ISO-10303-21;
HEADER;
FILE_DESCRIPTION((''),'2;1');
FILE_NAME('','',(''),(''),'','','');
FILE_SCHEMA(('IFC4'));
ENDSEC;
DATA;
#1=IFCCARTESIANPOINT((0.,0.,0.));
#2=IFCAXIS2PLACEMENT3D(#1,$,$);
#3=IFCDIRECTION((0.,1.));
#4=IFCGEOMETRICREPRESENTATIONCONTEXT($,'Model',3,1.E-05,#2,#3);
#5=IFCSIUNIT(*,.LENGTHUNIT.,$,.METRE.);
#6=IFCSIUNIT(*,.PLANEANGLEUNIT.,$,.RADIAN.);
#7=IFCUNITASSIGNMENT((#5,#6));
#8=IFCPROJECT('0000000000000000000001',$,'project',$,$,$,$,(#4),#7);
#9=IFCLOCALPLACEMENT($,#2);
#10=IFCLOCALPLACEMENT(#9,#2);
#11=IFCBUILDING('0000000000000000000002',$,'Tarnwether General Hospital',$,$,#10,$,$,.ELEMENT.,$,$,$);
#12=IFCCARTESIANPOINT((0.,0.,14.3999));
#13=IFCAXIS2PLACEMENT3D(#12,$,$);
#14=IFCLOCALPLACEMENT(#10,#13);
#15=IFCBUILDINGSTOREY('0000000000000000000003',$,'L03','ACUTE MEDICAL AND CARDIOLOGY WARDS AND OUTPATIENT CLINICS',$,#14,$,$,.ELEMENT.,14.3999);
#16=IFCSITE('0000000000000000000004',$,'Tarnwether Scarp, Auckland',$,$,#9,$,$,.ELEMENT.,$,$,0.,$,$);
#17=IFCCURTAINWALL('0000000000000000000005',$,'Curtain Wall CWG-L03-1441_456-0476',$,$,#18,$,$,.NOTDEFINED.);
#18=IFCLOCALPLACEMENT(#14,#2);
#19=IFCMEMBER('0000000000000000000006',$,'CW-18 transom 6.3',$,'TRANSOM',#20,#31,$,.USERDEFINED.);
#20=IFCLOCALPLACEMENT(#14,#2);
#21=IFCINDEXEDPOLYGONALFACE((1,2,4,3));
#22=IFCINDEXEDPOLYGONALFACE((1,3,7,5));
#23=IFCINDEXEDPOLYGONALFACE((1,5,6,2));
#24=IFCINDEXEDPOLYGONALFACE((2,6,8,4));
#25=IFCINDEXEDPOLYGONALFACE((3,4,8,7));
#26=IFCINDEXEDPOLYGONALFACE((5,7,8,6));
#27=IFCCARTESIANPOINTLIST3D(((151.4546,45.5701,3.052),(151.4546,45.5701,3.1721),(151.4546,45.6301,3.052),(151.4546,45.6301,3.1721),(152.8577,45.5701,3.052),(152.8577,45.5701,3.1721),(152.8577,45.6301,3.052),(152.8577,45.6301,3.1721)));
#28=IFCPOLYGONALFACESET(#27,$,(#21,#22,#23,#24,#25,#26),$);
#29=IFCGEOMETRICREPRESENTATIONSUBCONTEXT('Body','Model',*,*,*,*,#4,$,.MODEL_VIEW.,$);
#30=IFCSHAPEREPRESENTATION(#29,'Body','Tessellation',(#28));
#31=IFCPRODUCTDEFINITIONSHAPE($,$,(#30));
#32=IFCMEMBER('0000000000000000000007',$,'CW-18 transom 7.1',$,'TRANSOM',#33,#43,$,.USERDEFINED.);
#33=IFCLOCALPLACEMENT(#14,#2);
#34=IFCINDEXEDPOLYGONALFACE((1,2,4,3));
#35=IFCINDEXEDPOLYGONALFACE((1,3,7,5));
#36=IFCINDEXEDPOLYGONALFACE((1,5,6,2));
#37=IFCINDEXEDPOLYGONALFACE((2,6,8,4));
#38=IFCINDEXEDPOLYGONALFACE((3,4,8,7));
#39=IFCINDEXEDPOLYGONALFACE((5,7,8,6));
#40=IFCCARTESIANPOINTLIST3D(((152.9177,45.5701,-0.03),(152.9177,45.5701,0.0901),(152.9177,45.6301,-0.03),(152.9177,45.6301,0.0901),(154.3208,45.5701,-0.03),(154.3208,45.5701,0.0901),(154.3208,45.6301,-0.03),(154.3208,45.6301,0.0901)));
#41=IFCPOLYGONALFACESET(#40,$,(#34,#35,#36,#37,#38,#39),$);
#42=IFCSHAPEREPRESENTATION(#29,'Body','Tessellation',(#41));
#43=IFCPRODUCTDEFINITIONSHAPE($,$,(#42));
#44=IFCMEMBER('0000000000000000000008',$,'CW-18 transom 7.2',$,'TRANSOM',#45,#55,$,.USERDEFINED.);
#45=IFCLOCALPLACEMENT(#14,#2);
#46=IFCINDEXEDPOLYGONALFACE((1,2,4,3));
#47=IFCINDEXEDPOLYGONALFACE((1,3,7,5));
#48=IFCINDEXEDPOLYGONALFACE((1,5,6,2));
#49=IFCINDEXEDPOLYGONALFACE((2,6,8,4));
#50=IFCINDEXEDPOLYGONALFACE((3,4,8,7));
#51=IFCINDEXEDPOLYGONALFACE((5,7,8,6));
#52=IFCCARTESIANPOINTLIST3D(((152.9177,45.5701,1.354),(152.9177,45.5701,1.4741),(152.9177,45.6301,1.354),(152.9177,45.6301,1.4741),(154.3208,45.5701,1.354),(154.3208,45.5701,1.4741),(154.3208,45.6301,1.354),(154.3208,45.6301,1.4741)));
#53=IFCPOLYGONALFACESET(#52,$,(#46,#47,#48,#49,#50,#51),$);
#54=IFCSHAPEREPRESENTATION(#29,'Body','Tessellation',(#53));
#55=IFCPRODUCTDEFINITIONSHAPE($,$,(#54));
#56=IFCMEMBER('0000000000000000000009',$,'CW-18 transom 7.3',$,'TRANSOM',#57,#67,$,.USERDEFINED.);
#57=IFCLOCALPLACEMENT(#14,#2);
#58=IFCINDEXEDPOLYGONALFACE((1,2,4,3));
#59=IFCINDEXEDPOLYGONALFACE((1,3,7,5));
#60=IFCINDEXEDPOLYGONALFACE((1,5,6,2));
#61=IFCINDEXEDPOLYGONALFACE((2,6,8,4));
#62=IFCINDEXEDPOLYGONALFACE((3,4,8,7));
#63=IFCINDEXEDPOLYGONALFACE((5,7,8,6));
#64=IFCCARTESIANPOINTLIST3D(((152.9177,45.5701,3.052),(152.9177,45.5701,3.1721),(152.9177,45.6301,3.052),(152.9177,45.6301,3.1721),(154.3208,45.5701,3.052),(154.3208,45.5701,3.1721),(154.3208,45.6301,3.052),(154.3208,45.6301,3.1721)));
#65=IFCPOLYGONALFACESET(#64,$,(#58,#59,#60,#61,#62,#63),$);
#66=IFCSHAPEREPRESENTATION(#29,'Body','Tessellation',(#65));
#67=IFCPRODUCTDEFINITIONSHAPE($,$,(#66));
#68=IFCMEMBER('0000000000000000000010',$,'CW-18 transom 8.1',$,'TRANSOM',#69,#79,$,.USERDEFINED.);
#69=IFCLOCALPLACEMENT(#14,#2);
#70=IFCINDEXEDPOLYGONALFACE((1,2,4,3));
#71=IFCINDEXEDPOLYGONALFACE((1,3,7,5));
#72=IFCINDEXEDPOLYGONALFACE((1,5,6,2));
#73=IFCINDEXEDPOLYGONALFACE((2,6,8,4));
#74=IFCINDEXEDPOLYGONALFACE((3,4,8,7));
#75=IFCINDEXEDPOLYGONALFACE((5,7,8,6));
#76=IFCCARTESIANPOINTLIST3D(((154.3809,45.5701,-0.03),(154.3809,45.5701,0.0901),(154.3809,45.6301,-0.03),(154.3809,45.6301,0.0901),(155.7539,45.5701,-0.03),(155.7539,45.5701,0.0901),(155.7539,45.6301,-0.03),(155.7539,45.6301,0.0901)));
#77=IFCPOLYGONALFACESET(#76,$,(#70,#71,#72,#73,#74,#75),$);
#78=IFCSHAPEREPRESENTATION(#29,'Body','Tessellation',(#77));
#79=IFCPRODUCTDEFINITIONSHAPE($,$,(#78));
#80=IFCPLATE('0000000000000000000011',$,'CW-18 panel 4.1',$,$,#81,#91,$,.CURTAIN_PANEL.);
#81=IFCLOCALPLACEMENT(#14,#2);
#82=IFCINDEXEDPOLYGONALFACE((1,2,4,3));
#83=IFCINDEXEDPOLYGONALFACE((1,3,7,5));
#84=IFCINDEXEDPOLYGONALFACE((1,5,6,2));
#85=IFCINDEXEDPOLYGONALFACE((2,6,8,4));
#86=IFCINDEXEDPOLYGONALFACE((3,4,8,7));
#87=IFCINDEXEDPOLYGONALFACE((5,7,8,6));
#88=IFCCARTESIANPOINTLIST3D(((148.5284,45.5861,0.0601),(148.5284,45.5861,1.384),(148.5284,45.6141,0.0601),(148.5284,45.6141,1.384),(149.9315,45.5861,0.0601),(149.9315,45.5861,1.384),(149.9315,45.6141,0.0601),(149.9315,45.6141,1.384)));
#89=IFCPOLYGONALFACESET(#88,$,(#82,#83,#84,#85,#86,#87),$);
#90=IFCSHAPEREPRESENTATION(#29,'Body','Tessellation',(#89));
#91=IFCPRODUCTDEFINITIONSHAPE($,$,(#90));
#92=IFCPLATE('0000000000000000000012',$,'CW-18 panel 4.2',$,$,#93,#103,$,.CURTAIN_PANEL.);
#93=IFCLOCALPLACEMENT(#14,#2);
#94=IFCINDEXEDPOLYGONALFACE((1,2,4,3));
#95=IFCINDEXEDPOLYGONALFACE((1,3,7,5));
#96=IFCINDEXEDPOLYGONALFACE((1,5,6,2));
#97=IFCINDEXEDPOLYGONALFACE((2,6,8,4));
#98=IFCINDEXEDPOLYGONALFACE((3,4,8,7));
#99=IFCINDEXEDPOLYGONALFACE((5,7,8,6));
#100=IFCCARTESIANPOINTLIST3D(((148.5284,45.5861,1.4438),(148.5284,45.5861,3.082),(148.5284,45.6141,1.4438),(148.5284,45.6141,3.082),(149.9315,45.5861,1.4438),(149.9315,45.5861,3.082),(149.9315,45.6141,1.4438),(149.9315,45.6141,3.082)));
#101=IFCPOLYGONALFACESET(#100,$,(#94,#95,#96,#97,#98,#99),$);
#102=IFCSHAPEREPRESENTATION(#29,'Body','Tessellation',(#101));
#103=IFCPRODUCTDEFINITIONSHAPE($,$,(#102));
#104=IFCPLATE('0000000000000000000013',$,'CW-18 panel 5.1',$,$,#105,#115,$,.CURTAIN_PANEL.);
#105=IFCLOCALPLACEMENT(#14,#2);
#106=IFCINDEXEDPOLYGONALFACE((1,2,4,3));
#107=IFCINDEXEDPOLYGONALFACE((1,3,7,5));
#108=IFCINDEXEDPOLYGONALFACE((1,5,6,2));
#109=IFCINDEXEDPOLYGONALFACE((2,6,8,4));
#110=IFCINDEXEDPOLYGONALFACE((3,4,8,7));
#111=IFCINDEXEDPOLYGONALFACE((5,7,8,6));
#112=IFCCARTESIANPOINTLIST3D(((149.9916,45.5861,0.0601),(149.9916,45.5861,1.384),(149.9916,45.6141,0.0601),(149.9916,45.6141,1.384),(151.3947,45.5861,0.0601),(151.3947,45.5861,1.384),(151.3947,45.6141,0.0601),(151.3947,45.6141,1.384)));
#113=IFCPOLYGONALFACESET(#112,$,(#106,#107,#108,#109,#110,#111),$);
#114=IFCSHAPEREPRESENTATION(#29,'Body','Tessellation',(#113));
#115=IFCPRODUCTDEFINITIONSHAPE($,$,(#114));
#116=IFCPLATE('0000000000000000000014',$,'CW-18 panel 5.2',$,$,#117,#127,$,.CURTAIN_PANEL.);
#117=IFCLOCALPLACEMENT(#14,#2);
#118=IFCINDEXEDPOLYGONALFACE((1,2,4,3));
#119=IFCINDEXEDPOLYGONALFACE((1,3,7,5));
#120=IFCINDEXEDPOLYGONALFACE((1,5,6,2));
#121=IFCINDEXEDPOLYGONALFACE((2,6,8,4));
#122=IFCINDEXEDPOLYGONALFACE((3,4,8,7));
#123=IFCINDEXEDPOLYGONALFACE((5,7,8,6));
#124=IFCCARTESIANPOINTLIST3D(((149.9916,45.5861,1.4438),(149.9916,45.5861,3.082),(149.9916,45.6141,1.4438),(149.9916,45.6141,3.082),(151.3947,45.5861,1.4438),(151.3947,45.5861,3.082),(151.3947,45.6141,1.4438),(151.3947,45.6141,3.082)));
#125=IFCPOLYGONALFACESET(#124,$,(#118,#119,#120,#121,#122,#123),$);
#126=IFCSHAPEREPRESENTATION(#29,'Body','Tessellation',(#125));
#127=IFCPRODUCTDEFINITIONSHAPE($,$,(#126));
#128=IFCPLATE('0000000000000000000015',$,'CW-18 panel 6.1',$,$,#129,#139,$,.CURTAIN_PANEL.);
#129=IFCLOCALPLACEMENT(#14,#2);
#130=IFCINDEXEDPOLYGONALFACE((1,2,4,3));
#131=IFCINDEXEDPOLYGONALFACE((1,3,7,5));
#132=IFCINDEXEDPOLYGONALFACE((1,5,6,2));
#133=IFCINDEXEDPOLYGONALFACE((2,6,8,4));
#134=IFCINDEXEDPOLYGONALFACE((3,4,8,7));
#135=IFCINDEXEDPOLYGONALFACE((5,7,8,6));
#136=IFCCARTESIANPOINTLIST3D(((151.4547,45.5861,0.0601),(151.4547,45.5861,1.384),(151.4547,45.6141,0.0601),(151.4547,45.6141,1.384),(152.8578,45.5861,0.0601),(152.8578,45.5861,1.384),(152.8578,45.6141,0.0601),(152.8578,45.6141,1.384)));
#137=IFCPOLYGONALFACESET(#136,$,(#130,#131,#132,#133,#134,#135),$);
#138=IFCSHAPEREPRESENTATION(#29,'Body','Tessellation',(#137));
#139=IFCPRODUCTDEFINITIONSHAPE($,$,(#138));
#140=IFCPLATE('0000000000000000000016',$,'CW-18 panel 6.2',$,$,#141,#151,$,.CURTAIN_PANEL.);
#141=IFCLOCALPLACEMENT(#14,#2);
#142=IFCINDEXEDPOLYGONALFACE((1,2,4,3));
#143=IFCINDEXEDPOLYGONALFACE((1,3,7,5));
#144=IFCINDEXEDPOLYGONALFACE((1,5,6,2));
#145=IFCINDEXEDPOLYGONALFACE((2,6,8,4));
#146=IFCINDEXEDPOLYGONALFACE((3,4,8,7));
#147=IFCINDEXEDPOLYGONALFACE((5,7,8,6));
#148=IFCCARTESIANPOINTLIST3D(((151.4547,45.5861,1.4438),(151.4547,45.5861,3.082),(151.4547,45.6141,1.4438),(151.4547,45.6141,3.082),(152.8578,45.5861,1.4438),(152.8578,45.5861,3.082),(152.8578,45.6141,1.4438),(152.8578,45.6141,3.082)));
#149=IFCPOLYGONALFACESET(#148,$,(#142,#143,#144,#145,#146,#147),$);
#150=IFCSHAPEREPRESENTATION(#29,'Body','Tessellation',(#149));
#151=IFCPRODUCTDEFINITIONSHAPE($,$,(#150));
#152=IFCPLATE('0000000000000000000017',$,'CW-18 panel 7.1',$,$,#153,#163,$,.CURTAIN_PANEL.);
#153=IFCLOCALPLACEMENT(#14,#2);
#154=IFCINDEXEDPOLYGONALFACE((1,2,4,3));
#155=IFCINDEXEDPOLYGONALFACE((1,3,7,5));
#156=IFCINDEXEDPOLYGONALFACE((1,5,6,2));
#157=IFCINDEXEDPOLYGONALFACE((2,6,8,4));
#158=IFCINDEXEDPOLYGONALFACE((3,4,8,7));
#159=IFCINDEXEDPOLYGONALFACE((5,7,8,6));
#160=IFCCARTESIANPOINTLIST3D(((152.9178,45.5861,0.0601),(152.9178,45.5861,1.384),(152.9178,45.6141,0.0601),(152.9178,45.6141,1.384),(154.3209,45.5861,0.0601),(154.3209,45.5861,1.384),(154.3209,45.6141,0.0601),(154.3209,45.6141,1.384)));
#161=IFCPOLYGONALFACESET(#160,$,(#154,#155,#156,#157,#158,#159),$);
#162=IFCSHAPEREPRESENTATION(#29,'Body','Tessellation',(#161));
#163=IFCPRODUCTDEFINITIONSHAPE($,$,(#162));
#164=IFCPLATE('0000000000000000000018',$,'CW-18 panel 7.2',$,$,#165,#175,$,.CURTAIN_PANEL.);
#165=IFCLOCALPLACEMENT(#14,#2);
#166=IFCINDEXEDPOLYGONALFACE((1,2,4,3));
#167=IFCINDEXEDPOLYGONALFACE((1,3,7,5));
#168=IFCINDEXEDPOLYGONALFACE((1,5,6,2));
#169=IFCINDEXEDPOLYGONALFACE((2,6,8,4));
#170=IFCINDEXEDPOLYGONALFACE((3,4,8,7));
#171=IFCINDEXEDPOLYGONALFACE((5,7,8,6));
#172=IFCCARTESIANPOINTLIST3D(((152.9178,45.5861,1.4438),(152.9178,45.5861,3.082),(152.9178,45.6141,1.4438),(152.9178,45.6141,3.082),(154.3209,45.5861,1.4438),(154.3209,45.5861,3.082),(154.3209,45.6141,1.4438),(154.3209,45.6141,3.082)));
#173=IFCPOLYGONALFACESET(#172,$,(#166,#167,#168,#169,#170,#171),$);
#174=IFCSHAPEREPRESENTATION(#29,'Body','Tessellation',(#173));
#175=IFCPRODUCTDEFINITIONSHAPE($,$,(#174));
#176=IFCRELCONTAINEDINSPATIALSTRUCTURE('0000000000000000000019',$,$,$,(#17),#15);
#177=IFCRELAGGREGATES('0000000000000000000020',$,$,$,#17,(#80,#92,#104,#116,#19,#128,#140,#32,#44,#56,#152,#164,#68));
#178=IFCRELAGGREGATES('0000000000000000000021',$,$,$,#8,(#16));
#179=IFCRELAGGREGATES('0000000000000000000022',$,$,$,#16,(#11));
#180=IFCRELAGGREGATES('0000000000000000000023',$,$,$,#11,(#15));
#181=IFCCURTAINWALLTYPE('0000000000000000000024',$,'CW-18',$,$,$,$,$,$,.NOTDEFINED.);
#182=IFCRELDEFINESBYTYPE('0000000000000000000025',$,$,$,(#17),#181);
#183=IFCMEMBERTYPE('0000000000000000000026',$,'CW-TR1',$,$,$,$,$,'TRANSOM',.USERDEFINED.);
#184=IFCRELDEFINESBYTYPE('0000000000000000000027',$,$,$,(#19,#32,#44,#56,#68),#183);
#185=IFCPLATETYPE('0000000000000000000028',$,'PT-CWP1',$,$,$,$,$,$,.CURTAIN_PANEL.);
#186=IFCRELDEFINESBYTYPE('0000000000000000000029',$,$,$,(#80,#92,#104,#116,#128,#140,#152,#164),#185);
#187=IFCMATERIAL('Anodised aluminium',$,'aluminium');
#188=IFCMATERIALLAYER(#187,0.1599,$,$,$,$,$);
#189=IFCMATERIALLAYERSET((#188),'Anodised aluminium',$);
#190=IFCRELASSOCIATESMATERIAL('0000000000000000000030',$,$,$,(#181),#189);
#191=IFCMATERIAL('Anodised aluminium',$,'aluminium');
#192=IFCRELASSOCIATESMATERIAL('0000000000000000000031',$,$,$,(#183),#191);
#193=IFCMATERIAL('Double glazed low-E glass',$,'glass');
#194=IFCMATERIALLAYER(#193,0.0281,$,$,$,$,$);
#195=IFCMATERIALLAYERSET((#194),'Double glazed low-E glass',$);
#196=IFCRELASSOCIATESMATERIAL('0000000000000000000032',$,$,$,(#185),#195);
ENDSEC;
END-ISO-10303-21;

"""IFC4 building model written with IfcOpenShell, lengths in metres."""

from ifc_helpers import new_model, si_unit, direction, frame, origin, origin_2d, place, context, subcontext, project, spatial, rectangle, extrude, material, layer, layer_set, material_profile, profile_set, type_object, element, aggregate, save


model = new_model("IFC4")

# Units and contexts
model_context = context("Model", 3, precision=1e-05, world=origin(), true_north=direction((0.0, 1.0)))
body_context = subcontext(model_context, "Body", "Model", "MODEL_VIEW")
ifc_project = project(units=[si_unit("LENGTHUNIT", "METRE"), si_unit("PLANEANGLEUNIT", "RADIAN")], contexts=[model_context])

# Site, building, storey
site_placement = place(None, origin())
site = spatial("IfcSite", under=ifc_project, at=site_placement, Name="Tarnwether Scarp, Auckland", CompositionType="ELEMENT", RefElevation=0.0)
building_placement = place(site_placement, origin())
building = spatial("IfcBuilding", under=site, at=building_placement, Name="Tarnwether General Hospital", CompositionType="ELEMENT")
storey_placement = place(building_placement, frame((0.0, 0.0, 14.3999)))
storey = spatial("IfcBuildingStorey", under=building, at=storey_placement, Name="L03", Description="ACUTE MEDICAL AND CARDIOLOGY WARDS AND OUTPATIENT CLINICS", CompositionType="ELEMENT", Elevation=14.3999)

# Curtain wall, members, plates
ifc_material_1 = material(Name="Anodised aluminium", Category="aluminium")
ifc_layer_1 = layer(ifc_material_1, 0.1599)
ifc_layer_set_1 = layer_set([ifc_layer_1], Name="Anodised aluminium")
curtain_wall_type = type_object("IfcCurtainWallType", Name="CW-18", PredefinedType="NOTDEFINED", material=ifc_layer_set_1)
curtain_wall_placement = place(storey_placement, origin())
curtain_wall = element("IfcCurtainWall", 1, at=curtain_wall_placement, inside=storey, type_object=curtain_wall_type, Name="Curtain Wall CWG-L03-1441_456-0476", PredefinedType="NOTDEFINED")
ifc_material_2 = material(Name="Anodised aluminium", Category="aluminium")
ifc_material_profile_1 = material_profile(ifc_material_2, rectangle(XDim=0.0601, YDim=0.1201, at=origin_2d()), Name="ALU-TRN-60x120")
ifc_profile_set_1 = profile_set([ifc_material_profile_1], Name="Anodised aluminium")
member_type_1 = type_object("IfcMemberType", Name="CW-TR1", ElementType="TRANSOM", PredefinedType="USERDEFINED", material=ifc_profile_set_1)
member_1_placement = place(storey_placement, frame((151.4546, 45.6001, 3.1121), z_axis=(1.0, 0.0, 0.0), x_axis=(0.0, 1.0, 0.0)))
member_1 = element("IfcMember", 2, at=member_1_placement, type_object=member_type_1, Name="CW-18 transom 6.3", ObjectType="TRANSOM", PredefinedType="USERDEFINED", context=body_context, shape_type="SweptSolid", body=[
    extrude(rectangle(XDim=0.0601, YDim=0.1201, at=origin_2d()), origin(), (0.0, 0.0, 1.0), 1.4031),
])
member_2_placement = place(storey_placement, frame((152.9177, 45.6001, 0.03), z_axis=(1.0, 0.0, 0.0), x_axis=(0.0, 1.0, 0.0)))
member_2 = element("IfcMember", 3, at=member_2_placement, type_object=member_type_1, Name="CW-18 transom 7.1", ObjectType="TRANSOM", PredefinedType="USERDEFINED", context=body_context, shape_type="SweptSolid", body=[
    extrude(rectangle(XDim=0.0601, YDim=0.1201, at=origin_2d()), origin(), (0.0, 0.0, 1.0), 1.4031),
])
member_3_placement = place(storey_placement, frame((152.9177, 45.6001, 1.4141), z_axis=(1.0, 0.0, 0.0), x_axis=(0.0, 1.0, 0.0)))
member_3 = element("IfcMember", 4, at=member_3_placement, type_object=member_type_1, Name="CW-18 transom 7.2", ObjectType="TRANSOM", PredefinedType="USERDEFINED", context=body_context, shape_type="SweptSolid", body=[
    extrude(rectangle(XDim=0.0601, YDim=0.1201, at=origin_2d()), origin(), (0.0, 0.0, 1.0), 1.4031),
])
member_4_placement = place(storey_placement, frame((152.9177, 45.6001, 3.1121), z_axis=(1.0, 0.0, 0.0), x_axis=(0.0, 1.0, 0.0)))
member_4 = element("IfcMember", 5, at=member_4_placement, type_object=member_type_1, Name="CW-18 transom 7.3", ObjectType="TRANSOM", PredefinedType="USERDEFINED", context=body_context, shape_type="SweptSolid", body=[
    extrude(rectangle(XDim=0.0601, YDim=0.1201, at=origin_2d()), origin(), (0.0, 0.0, 1.0), 1.4031),
])
member_5_placement = place(storey_placement, frame((154.3809, 45.6001, 0.03), z_axis=(1.0, 0.0, 0.0), x_axis=(0.0, 1.0, 0.0)))
member_5 = element("IfcMember", 6, at=member_5_placement, type_object=member_type_1, Name="CW-18 transom 8.1", ObjectType="TRANSOM", PredefinedType="USERDEFINED", context=body_context, shape_type="SweptSolid", body=[
    extrude(rectangle(XDim=0.0601, YDim=0.1201, at=origin_2d()), origin(), (0.0, 0.0, 1.0), 1.373),
])
ifc_material_3 = material(Name="Double glazed low-E glass", Category="glass")
ifc_layer_2 = layer(ifc_material_3, 0.0281)
ifc_layer_set_2 = layer_set([ifc_layer_2], Name="Double glazed low-E glass")
plate_type = type_object("IfcPlateType", Name="PT-CWP1", PredefinedType="CURTAIN_PANEL", material=ifc_layer_set_2)
plate_1_placement = place(storey_placement, frame((149.23, 45.6001, 0.0601), z_axis=(0.0, 0.0, 1.0), x_axis=(1.0, 0.0, 0.0)))
plate_1 = element("IfcPlate", 7, at=plate_1_placement, type_object=plate_type, Name="CW-18 panel 4.1", PredefinedType="CURTAIN_PANEL", context=body_context, shape_type="SweptSolid", body=[
    extrude(rectangle(XDim=1.4031, YDim=0.0281, at=origin_2d()), origin(), (0.0, 0.0, 1.0), 1.324),
])
plate_2_placement = place(storey_placement, frame((149.23, 45.6001, 1.4438), z_axis=(0.0, 0.0, 1.0), x_axis=(1.0, 0.0, 0.0)))
plate_2 = element("IfcPlate", 8, at=plate_2_placement, type_object=plate_type, Name="CW-18 panel 4.2", PredefinedType="CURTAIN_PANEL", context=body_context, shape_type="SweptSolid", body=[
    extrude(rectangle(XDim=1.4031, YDim=0.0281, at=origin_2d()), origin(), (0.0, 0.0, 1.0), 1.6382),
])
plate_3_placement = place(storey_placement, frame((150.6931, 45.6001, 0.0601), z_axis=(0.0, 0.0, 1.0), x_axis=(1.0, 0.0, 0.0)))
plate_3 = element("IfcPlate", 9, at=plate_3_placement, type_object=plate_type, Name="CW-18 panel 5.1", PredefinedType="CURTAIN_PANEL", context=body_context, shape_type="SweptSolid", body=[
    extrude(rectangle(XDim=1.4031, YDim=0.0281, at=origin_2d()), origin(), (0.0, 0.0, 1.0), 1.324),
])
plate_4_placement = place(storey_placement, frame((150.6931, 45.6001, 1.4438), z_axis=(0.0, 0.0, 1.0), x_axis=(1.0, 0.0, 0.0)))
plate_4 = element("IfcPlate", 10, at=plate_4_placement, type_object=plate_type, Name="CW-18 panel 5.2", PredefinedType="CURTAIN_PANEL", context=body_context, shape_type="SweptSolid", body=[
    extrude(rectangle(XDim=1.4031, YDim=0.0281, at=origin_2d()), origin(), (0.0, 0.0, 1.0), 1.6382),
])
plate_5_placement = place(storey_placement, frame((152.1562, 45.6001, 0.0601), z_axis=(0.0, 0.0, 1.0), x_axis=(1.0, 0.0, 0.0)))
plate_5 = element("IfcPlate", 11, at=plate_5_placement, type_object=plate_type, Name="CW-18 panel 6.1", PredefinedType="CURTAIN_PANEL", context=body_context, shape_type="SweptSolid", body=[
    extrude(rectangle(XDim=1.4031, YDim=0.0281, at=origin_2d()), origin(), (0.0, 0.0, 1.0), 1.324),
])
plate_6_placement = place(storey_placement, frame((152.1562, 45.6001, 1.4438), z_axis=(0.0, 0.0, 1.0), x_axis=(1.0, 0.0, 0.0)))
plate_6 = element("IfcPlate", 12, at=plate_6_placement, type_object=plate_type, Name="CW-18 panel 6.2", PredefinedType="CURTAIN_PANEL", context=body_context, shape_type="SweptSolid", body=[
    extrude(rectangle(XDim=1.4031, YDim=0.0281, at=origin_2d()), origin(), (0.0, 0.0, 1.0), 1.6382),
])
plate_7_placement = place(storey_placement, frame((153.6194, 45.6001, 0.0601), z_axis=(0.0, 0.0, 1.0), x_axis=(1.0, 0.0, 0.0)))
plate_7 = element("IfcPlate", 13, at=plate_7_placement, type_object=plate_type, Name="CW-18 panel 7.1", PredefinedType="CURTAIN_PANEL", context=body_context, shape_type="SweptSolid", body=[
    extrude(rectangle(XDim=1.4031, YDim=0.0281, at=origin_2d()), origin(), (0.0, 0.0, 1.0), 1.324),
])
plate_8_placement = place(storey_placement, frame((153.6194, 45.6001, 1.4438), z_axis=(0.0, 0.0, 1.0), x_axis=(1.0, 0.0, 0.0)))
plate_8 = element("IfcPlate", 14, at=plate_8_placement, type_object=plate_type, Name="CW-18 panel 7.2", PredefinedType="CURTAIN_PANEL", context=body_context, shape_type="SweptSolid", body=[
    extrude(rectangle(XDim=1.4031, YDim=0.0281, at=origin_2d()), origin(), (0.0, 0.0, 1.0), 1.6382),
])
aggregate(curtain_wall, [plate_1, plate_2, plate_3, plate_4, member_1, plate_5, plate_6, member_2, member_3, member_4, plate_7, plate_8, member_5])

save(model, "model.ifc")
